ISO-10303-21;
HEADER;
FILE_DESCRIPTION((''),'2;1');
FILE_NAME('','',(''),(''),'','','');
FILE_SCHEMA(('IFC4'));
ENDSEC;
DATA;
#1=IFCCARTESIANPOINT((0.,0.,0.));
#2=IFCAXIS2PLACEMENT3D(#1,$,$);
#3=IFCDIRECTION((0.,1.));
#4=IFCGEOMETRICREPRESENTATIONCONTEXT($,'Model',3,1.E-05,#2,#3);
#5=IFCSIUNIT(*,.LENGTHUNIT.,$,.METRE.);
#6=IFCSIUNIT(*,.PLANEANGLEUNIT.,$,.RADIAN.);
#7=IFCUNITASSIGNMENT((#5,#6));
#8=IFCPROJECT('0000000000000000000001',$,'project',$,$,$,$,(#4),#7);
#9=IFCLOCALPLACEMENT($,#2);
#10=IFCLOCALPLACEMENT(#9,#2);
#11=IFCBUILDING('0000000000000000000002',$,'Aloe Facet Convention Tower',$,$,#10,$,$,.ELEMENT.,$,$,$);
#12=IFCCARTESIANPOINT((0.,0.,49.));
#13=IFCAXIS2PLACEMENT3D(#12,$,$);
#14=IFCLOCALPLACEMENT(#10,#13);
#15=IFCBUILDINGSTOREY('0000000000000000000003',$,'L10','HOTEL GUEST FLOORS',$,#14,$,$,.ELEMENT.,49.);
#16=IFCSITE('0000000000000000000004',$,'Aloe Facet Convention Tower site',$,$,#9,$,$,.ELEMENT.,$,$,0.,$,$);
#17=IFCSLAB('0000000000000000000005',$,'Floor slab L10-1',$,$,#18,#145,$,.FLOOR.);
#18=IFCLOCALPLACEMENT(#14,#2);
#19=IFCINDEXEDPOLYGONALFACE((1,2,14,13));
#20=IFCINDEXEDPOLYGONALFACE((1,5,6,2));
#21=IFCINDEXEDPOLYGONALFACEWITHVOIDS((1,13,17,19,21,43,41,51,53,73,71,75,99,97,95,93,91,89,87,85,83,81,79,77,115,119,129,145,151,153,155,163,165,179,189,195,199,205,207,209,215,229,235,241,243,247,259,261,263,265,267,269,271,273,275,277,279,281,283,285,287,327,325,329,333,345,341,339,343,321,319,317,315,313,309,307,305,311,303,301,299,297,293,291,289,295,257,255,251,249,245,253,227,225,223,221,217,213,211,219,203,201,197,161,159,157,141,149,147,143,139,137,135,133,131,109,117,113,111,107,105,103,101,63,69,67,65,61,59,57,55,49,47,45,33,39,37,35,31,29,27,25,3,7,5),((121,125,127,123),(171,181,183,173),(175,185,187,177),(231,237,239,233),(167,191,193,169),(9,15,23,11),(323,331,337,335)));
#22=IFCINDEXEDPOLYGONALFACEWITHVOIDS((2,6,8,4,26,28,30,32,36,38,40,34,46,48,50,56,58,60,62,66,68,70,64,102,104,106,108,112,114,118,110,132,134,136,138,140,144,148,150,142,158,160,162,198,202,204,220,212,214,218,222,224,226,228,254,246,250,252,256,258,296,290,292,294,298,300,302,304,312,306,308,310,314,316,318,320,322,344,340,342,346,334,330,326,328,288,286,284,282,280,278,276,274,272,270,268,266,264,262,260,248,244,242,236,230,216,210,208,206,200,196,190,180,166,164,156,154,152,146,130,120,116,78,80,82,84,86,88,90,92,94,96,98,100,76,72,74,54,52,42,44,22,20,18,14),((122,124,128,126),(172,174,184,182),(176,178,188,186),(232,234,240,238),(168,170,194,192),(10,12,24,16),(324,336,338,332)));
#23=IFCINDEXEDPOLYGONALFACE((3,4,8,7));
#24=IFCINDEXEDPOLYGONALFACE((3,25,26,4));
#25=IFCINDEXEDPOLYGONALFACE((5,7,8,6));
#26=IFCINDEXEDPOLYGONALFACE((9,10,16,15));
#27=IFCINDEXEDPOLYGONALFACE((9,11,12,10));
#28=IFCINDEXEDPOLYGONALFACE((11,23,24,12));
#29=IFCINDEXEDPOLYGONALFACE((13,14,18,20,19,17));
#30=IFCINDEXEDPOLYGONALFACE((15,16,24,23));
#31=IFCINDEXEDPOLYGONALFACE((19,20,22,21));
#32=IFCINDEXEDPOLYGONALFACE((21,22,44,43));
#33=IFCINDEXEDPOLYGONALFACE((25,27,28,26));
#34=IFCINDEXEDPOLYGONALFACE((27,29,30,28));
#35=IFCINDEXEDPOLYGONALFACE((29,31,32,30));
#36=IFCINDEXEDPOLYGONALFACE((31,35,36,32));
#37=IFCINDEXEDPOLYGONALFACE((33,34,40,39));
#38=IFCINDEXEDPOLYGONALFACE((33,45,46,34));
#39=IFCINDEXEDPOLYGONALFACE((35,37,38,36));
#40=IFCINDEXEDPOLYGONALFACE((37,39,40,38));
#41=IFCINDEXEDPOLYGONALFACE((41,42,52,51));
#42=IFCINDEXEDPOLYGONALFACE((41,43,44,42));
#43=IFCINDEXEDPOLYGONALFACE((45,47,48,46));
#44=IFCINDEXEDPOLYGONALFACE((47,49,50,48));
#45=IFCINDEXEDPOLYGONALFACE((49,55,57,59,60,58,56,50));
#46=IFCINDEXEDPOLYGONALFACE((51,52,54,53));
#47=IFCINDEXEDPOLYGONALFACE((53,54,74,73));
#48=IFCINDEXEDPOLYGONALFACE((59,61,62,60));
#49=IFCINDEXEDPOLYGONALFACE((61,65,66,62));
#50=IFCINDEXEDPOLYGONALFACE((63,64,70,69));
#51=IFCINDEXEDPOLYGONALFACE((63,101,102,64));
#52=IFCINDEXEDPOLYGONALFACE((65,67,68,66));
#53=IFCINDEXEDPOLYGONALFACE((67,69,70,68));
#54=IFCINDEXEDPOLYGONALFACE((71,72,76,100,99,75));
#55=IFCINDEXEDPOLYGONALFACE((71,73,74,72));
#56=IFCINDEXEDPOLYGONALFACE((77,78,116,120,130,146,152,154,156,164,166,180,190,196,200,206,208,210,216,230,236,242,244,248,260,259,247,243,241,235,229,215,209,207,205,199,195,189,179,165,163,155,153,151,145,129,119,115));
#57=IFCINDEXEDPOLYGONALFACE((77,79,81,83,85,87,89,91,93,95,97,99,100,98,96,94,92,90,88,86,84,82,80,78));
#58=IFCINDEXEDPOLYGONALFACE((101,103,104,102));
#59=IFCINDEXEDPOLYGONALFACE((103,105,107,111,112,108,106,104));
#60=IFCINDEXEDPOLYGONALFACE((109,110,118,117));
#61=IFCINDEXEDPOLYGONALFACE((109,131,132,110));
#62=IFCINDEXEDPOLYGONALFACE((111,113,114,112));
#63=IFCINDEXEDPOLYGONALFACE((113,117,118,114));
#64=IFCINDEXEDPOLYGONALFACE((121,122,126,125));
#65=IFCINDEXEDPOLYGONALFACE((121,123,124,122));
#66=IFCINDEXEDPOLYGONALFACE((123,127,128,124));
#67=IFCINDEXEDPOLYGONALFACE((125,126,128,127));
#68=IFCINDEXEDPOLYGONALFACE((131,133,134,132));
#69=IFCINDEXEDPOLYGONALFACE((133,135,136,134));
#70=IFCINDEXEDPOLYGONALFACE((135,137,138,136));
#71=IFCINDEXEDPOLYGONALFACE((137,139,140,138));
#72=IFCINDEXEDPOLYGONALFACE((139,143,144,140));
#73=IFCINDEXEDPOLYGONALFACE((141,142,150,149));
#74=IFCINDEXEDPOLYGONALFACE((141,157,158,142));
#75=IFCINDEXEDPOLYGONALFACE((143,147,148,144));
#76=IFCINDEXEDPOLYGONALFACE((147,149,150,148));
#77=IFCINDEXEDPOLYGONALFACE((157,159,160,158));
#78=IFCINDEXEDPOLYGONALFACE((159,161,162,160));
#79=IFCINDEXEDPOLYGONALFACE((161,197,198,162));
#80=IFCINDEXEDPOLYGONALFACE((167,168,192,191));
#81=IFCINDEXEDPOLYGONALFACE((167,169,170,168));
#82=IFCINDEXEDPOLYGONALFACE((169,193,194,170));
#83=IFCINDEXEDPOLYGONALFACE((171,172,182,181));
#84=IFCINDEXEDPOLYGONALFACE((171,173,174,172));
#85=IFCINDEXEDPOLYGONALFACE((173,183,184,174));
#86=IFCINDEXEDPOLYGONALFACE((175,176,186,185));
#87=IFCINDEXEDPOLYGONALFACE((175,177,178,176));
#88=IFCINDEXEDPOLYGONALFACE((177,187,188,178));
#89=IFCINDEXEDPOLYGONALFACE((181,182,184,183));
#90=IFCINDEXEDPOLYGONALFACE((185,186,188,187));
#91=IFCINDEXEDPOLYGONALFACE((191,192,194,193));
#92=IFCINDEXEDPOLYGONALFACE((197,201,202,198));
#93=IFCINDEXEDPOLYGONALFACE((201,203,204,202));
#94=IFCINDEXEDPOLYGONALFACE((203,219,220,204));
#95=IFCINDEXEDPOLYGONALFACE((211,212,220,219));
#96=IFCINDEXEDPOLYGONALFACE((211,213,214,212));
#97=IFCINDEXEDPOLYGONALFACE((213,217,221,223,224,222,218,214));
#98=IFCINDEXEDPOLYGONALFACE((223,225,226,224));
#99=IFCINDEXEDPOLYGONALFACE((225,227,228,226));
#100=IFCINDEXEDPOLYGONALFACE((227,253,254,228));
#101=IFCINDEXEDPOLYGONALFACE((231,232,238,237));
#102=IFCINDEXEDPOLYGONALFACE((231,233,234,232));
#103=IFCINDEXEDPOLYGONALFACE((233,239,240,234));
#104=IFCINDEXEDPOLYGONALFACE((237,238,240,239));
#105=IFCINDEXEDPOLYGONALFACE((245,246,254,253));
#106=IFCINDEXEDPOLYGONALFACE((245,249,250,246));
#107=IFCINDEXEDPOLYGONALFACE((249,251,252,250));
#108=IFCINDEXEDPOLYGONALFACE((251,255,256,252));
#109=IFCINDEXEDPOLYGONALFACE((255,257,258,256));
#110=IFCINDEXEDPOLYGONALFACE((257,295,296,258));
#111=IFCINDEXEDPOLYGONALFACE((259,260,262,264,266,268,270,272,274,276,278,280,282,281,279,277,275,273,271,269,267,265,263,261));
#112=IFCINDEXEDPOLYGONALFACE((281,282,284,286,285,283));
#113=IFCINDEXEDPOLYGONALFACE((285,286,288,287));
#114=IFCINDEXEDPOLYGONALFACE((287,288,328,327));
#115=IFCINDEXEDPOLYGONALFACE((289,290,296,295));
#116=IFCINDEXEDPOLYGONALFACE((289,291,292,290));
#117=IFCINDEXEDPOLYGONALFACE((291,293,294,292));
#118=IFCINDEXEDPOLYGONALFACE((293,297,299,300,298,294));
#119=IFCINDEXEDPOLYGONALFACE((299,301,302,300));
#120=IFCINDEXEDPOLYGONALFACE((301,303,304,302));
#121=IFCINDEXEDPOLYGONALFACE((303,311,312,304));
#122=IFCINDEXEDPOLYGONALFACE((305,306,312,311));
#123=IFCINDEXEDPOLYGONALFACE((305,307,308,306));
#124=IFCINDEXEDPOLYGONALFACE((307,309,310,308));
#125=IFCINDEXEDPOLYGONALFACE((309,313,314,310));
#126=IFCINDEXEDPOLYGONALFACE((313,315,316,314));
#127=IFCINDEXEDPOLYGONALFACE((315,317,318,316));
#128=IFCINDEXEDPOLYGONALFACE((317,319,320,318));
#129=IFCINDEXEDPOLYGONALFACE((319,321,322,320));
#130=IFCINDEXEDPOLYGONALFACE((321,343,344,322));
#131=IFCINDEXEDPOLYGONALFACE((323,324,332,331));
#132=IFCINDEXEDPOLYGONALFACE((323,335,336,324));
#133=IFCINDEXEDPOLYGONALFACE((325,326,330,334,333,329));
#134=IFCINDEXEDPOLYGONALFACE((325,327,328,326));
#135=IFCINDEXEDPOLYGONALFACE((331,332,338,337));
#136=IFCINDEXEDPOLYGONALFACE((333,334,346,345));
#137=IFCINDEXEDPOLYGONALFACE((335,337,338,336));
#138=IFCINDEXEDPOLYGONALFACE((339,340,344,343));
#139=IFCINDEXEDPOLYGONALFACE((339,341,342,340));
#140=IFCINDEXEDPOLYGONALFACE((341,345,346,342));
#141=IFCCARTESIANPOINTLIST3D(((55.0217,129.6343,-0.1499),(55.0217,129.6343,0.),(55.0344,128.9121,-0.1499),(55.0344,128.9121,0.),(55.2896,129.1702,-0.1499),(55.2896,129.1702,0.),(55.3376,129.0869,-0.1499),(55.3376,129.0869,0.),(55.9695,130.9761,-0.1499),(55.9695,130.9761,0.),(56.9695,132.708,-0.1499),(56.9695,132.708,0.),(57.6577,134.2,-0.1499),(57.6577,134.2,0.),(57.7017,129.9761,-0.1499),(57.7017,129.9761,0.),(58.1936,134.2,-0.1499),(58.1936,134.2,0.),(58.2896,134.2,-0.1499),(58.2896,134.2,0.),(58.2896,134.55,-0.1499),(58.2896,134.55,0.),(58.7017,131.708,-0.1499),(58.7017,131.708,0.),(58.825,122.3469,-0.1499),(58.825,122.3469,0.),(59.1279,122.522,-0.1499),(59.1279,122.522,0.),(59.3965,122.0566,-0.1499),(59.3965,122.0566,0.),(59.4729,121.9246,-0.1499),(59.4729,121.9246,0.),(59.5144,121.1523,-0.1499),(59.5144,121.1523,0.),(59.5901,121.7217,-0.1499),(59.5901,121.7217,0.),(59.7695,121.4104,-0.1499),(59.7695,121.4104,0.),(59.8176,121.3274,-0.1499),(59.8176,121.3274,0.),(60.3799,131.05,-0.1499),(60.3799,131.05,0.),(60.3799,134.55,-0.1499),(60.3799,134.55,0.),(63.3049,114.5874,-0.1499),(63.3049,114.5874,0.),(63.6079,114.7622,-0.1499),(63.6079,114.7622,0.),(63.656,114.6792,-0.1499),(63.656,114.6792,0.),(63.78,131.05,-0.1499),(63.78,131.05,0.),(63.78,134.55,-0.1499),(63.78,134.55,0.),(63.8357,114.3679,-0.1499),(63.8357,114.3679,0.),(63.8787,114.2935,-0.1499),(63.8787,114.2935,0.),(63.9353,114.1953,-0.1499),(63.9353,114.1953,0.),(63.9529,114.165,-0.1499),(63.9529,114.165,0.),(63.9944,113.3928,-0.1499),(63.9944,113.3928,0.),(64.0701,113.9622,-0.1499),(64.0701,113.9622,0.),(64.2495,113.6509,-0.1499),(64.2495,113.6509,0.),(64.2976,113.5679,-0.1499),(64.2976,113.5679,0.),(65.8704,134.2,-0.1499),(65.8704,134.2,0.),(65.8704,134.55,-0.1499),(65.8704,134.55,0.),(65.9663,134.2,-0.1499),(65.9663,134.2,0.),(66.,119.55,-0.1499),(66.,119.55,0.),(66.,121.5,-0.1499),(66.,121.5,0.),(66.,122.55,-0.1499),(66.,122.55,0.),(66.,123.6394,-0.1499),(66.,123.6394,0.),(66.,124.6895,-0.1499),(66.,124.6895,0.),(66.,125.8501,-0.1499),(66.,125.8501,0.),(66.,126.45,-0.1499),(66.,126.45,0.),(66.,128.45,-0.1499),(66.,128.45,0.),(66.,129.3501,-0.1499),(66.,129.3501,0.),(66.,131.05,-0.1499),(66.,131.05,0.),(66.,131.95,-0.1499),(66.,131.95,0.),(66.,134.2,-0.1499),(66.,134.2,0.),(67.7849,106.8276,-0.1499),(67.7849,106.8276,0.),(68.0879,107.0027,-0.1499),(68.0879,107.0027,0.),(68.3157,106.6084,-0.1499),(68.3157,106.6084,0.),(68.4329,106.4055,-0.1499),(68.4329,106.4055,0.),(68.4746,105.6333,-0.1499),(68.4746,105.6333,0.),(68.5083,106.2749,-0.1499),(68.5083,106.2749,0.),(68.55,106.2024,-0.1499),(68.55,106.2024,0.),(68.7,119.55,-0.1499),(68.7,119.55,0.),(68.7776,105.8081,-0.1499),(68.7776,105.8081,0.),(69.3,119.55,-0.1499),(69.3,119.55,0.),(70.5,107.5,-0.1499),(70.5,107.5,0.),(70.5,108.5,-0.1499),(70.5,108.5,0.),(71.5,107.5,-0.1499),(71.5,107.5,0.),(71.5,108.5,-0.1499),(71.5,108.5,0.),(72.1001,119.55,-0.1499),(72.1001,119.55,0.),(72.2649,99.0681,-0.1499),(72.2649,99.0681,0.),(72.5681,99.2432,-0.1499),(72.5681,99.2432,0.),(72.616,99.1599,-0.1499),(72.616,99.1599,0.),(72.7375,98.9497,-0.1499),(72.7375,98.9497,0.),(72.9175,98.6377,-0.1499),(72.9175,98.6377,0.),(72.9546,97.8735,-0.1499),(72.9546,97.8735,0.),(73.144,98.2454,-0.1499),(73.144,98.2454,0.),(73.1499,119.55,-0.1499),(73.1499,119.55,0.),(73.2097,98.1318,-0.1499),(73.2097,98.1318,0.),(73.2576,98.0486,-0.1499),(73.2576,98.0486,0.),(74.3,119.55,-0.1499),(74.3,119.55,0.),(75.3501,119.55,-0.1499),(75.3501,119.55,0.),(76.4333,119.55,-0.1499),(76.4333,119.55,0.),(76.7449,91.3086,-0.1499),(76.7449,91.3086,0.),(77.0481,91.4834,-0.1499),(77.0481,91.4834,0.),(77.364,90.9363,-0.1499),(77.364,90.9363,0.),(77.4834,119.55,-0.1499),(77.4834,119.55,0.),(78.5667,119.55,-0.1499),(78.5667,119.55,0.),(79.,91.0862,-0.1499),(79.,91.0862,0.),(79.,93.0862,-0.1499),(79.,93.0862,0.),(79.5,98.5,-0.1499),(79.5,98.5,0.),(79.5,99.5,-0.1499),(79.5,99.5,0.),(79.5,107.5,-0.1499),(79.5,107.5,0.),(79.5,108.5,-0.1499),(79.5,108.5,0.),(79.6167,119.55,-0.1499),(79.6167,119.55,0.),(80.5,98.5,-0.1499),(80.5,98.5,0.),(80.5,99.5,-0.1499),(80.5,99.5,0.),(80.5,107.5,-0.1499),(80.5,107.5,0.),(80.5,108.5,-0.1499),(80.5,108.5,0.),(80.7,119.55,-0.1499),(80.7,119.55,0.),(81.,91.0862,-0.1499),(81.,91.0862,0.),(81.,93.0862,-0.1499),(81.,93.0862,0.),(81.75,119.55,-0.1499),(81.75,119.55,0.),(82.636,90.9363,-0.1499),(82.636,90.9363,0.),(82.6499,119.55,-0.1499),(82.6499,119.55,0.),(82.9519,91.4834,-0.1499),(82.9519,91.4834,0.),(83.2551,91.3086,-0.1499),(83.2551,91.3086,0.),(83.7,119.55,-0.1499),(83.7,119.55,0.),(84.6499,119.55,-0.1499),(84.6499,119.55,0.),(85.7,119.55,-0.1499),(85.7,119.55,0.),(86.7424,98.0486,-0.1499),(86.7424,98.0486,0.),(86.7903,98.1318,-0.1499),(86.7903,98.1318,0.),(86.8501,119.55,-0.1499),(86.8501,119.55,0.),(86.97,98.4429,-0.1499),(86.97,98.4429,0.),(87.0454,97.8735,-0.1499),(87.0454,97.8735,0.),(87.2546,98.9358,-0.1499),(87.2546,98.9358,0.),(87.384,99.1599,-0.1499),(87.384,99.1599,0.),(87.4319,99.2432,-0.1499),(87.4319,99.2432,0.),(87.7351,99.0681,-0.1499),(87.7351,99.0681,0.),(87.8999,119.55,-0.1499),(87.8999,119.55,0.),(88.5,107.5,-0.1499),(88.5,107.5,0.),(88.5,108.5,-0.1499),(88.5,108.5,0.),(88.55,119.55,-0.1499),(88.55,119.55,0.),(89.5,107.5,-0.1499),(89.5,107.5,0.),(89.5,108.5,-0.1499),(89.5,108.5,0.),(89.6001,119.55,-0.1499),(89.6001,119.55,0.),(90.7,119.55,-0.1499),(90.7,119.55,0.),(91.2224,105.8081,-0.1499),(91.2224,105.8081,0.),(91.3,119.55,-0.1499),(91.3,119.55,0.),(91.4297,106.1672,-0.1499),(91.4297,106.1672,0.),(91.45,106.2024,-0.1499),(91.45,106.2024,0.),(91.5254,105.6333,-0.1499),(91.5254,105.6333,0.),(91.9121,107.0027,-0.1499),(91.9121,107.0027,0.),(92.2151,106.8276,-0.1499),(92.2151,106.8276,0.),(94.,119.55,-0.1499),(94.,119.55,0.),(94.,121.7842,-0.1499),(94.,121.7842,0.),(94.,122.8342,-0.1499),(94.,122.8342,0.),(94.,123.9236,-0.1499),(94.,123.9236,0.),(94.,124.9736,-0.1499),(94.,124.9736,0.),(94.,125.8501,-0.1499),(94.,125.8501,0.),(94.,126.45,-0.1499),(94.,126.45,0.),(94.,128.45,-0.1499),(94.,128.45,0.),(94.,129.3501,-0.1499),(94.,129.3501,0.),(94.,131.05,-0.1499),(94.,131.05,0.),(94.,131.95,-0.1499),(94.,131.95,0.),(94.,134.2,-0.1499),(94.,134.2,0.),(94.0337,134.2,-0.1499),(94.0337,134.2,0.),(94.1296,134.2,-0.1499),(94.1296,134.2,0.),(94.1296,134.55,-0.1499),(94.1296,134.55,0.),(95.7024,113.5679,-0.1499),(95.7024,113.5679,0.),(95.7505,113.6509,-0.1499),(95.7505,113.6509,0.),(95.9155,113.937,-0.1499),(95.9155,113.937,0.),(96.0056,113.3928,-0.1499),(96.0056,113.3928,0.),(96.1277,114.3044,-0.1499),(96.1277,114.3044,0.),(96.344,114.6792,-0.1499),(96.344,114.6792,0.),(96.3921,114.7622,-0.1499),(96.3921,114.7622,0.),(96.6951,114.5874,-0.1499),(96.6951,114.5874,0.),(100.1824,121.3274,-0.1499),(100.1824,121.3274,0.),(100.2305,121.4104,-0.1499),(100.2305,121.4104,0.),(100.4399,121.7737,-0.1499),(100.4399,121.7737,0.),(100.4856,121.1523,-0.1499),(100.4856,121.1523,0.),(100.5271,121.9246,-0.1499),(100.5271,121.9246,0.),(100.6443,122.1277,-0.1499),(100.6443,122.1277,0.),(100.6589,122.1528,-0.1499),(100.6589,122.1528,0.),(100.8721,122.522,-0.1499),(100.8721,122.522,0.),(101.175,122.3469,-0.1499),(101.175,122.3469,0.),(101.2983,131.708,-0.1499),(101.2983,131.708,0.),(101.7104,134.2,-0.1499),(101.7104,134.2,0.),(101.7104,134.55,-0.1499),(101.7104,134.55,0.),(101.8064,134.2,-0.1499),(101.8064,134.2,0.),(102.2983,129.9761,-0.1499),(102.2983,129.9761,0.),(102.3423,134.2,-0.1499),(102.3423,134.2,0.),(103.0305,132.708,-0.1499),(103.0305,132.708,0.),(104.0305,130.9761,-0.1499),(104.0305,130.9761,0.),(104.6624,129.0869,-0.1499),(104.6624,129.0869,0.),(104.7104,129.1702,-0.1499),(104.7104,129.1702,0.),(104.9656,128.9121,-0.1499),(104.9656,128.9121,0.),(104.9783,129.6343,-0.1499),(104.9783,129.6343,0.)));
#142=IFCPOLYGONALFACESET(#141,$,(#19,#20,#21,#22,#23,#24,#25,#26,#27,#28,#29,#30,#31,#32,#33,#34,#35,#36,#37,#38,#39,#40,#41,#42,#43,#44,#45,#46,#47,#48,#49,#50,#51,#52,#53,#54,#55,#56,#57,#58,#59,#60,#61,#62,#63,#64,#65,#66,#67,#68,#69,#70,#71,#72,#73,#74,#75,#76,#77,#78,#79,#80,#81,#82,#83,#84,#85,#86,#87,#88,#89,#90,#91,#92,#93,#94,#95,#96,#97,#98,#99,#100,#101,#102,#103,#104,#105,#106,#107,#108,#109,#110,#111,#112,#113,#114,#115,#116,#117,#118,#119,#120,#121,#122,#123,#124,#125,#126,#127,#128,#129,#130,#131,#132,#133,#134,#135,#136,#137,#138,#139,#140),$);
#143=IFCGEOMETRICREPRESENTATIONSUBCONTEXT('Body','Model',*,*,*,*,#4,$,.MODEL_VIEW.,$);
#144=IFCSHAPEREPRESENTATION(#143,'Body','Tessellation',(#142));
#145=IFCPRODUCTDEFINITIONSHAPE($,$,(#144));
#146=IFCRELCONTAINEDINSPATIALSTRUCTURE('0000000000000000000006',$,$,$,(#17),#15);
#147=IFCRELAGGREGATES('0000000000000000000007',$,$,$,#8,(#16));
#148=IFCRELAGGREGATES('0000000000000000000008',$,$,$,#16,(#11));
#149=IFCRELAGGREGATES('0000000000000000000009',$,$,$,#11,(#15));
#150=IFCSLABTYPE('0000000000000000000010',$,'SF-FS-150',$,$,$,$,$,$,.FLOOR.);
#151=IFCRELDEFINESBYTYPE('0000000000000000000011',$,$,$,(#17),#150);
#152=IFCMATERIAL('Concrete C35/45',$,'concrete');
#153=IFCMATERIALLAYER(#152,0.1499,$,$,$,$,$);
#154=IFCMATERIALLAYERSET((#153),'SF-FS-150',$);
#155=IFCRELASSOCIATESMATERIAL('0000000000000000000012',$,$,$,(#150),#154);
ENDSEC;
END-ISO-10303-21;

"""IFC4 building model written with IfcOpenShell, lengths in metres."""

from ifc_helpers import new_model, si_unit, direction, frame, origin, place, context, subcontext, project, spatial, polyline, outline, extrude, material, layer, layer_set, type_object, element, save


model = new_model("IFC4")

# Units and contexts
model_context = context("Model", 3, precision=1e-05, world=origin(), true_north=direction((0.0, 1.0)))
body_context = subcontext(model_context, "Body", "Model", "MODEL_VIEW")
ifc_project = project(units=[si_unit("LENGTHUNIT", "METRE"), si_unit("PLANEANGLEUNIT", "RADIAN")], contexts=[model_context])

# Site, building, storey
site_placement = place(None, origin())
site = spatial("IfcSite", under=ifc_project, at=site_placement, Name="Aloe Facet Convention Tower site", CompositionType="ELEMENT", RefElevation=0.0)
building_placement = place(site_placement, origin())
building = spatial("IfcBuilding", under=site, at=building_placement, Name="Aloe Facet Convention Tower", CompositionType="ELEMENT")
storey_placement = place(building_placement, frame((0.0, 0.0, 49.0)))
storey = spatial("IfcBuildingStorey", under=building, at=storey_placement, Name="L10", Description="HOTEL GUEST FLOORS", CompositionType="ELEMENT", Elevation=49.0)

# Slab
ifc_material_1 = material(Name="Concrete C35/45", Category="concrete")
ifc_layer_1 = layer(ifc_material_1, 0.1499)
ifc_layer_set_1 = layer_set([ifc_layer_1], Name="SF-FS-150")
slab_type_1 = type_object("IfcSlabType", Name="SF-FS-150", PredefinedType="FLOOR", material=ifc_layer_set_1)
slab_1_placement = place(storey_placement, frame((0.0, 0.0, -0.1499)))
element("IfcSlab", 1, at=slab_1_placement, inside=storey, type_object=slab_type_1, Name="Floor slab L10-1", PredefinedType="FLOOR", context=body_context, shape_type="SweptSolid", body=[
    extrude(outline(polyline([(104.9783, 129.6343), (104.7104, 129.1702), (104.6624, 129.0869), (104.9656, 128.9121), (101.175, 122.3469), (100.8721, 122.522), (100.6589, 122.1528), (100.6443, 122.1277), (100.6443, 122.1277), (100.5271, 121.9246), (100.4399, 121.7737), (100.2305, 121.4104), (100.1824, 121.3274), (100.4856, 121.1523), (96.6951, 114.5874), (96.3921, 114.7622), (96.344, 114.6792), (96.1277, 114.3044), (95.9155, 113.937), (95.7505, 113.6509), (95.7024, 113.5679), (96.0056, 113.3928), (92.2151, 106.8276), (91.9121, 107.0027), (91.45, 106.2024), (91.4297, 106.1672), (91.2224, 105.8081), (91.5254, 105.6333), (87.7351, 99.0681), (87.4319, 99.2432), (87.384, 99.1599), (87.2546, 98.9358), (86.97, 98.4429), (86.7903, 98.1318), (86.7903, 98.1318), (86.7424, 98.0486), (87.0454, 97.8735), (83.2551, 91.3086), (82.9519, 91.4834), (82.636, 90.9363), (77.364, 90.9363), (77.0481, 91.4834), (76.7449, 91.3086), (72.9546, 97.8735), (73.2576, 98.0486), (73.2097, 98.1318), (73.144, 98.2454), (72.9175, 98.6377), (72.7375, 98.9497), (72.616, 99.1599), (72.5681, 99.2432), (72.2649, 99.0681), (68.4746, 105.6333), (68.7776, 105.8081), (68.55, 106.2024), (68.5083, 106.2749), (68.4329, 106.4055), (68.3157, 106.6084), (68.0879, 107.0027), (67.7849, 106.8276), (63.9944, 113.3928), (64.2976, 113.5679), (64.2495, 113.6509), (64.0701, 113.9622), (63.9529, 114.165), (63.9353, 114.1953), (63.8787, 114.2935), (63.8357, 114.3679), (63.656, 114.6792), (63.6079, 114.7622), (63.3049, 114.5874), (59.5144, 121.1523), (59.8176, 121.3274), (59.7695, 121.4104), (59.5901, 121.7217), (59.4729, 121.9246), (59.3965, 122.0566), (59.1279, 122.522), (58.825, 122.3469), (55.0344, 128.9121), (55.3376, 129.0869), (55.2896, 129.1702), (55.0217, 129.6343), (57.6577, 134.2), (58.1936, 134.2), (58.2896, 134.2), (58.2896, 134.55), (60.3799, 134.55), (60.3799, 131.05), (63.78, 131.05), (63.78, 134.55), (65.8704, 134.55), (65.8704, 134.2), (65.9663, 134.2), (66.0, 134.2), (66.0, 131.95), (66.0, 131.05), (66.0, 129.3501), (66.0, 128.45), (66.0, 126.45), (66.0, 125.8501), (66.0, 124.6895), (66.0, 123.6394), (66.0, 122.55), (66.0, 121.5), (66.0, 119.55), (68.7, 119.55), (69.3, 119.55), (72.1001, 119.55), (73.1499, 119.55), (74.3, 119.55), (75.3501, 119.55), (76.4333, 119.55), (77.4834, 119.55), (78.5667, 119.55), (79.6167, 119.55), (80.7, 119.55), (81.75, 119.55), (82.6499, 119.55), (83.7, 119.55), (84.6499, 119.55), (85.7, 119.55), (86.8501, 119.55), (87.8999, 119.55), (88.55, 119.55), (89.6001, 119.55), (90.7, 119.55), (91.3, 119.55), (94.0, 119.55), (94.0, 121.7842), (94.0, 122.8342), (94.0, 123.9236), (94.0, 124.9736), (94.0, 125.8501), (94.0, 126.45), (94.0, 128.45), (94.0, 129.3501), (94.0, 131.05), (94.0, 131.95), (94.0, 134.2), (94.0337, 134.2), (94.1296, 134.2), (94.1296, 134.55), (101.7104, 134.55), (101.7104, 134.2), (101.8064, 134.2), (102.3423, 134.2), (104.9783, 129.6343)]), holes=[polyline([(70.5, 107.5), (71.5, 107.5), (71.5, 108.5), (70.5, 108.5), (70.5, 107.5)]), polyline([(57.7017, 129.9761), (58.7017, 131.708), (56.9695, 132.708), (55.9695, 130.9761), (57.7017, 129.9761)]), polyline([(79.0, 93.0862), (79.0, 91.0862), (81.0, 91.0862), (81.0, 93.0862), (79.0, 93.0862)]), polyline([(79.5, 98.5), (80.5, 98.5), (80.5, 99.5), (79.5, 99.5), (79.5, 98.5)]), polyline([(79.5, 107.5), (80.5, 107.5), (80.5, 108.5), (79.5, 108.5), (79.5, 107.5)]), polyline([(88.5, 108.5), (88.5, 107.5), (89.5, 107.5), (89.5, 108.5), (88.5, 108.5)]), polyline([(102.2983, 129.9761), (104.0305, 130.9761), (103.0305, 132.708), (101.2983, 131.708), (102.2983, 129.9761)])]), origin(), (0.0, 0.0, 1.0), 0.1499),
])

save(model, "model.ifc")
